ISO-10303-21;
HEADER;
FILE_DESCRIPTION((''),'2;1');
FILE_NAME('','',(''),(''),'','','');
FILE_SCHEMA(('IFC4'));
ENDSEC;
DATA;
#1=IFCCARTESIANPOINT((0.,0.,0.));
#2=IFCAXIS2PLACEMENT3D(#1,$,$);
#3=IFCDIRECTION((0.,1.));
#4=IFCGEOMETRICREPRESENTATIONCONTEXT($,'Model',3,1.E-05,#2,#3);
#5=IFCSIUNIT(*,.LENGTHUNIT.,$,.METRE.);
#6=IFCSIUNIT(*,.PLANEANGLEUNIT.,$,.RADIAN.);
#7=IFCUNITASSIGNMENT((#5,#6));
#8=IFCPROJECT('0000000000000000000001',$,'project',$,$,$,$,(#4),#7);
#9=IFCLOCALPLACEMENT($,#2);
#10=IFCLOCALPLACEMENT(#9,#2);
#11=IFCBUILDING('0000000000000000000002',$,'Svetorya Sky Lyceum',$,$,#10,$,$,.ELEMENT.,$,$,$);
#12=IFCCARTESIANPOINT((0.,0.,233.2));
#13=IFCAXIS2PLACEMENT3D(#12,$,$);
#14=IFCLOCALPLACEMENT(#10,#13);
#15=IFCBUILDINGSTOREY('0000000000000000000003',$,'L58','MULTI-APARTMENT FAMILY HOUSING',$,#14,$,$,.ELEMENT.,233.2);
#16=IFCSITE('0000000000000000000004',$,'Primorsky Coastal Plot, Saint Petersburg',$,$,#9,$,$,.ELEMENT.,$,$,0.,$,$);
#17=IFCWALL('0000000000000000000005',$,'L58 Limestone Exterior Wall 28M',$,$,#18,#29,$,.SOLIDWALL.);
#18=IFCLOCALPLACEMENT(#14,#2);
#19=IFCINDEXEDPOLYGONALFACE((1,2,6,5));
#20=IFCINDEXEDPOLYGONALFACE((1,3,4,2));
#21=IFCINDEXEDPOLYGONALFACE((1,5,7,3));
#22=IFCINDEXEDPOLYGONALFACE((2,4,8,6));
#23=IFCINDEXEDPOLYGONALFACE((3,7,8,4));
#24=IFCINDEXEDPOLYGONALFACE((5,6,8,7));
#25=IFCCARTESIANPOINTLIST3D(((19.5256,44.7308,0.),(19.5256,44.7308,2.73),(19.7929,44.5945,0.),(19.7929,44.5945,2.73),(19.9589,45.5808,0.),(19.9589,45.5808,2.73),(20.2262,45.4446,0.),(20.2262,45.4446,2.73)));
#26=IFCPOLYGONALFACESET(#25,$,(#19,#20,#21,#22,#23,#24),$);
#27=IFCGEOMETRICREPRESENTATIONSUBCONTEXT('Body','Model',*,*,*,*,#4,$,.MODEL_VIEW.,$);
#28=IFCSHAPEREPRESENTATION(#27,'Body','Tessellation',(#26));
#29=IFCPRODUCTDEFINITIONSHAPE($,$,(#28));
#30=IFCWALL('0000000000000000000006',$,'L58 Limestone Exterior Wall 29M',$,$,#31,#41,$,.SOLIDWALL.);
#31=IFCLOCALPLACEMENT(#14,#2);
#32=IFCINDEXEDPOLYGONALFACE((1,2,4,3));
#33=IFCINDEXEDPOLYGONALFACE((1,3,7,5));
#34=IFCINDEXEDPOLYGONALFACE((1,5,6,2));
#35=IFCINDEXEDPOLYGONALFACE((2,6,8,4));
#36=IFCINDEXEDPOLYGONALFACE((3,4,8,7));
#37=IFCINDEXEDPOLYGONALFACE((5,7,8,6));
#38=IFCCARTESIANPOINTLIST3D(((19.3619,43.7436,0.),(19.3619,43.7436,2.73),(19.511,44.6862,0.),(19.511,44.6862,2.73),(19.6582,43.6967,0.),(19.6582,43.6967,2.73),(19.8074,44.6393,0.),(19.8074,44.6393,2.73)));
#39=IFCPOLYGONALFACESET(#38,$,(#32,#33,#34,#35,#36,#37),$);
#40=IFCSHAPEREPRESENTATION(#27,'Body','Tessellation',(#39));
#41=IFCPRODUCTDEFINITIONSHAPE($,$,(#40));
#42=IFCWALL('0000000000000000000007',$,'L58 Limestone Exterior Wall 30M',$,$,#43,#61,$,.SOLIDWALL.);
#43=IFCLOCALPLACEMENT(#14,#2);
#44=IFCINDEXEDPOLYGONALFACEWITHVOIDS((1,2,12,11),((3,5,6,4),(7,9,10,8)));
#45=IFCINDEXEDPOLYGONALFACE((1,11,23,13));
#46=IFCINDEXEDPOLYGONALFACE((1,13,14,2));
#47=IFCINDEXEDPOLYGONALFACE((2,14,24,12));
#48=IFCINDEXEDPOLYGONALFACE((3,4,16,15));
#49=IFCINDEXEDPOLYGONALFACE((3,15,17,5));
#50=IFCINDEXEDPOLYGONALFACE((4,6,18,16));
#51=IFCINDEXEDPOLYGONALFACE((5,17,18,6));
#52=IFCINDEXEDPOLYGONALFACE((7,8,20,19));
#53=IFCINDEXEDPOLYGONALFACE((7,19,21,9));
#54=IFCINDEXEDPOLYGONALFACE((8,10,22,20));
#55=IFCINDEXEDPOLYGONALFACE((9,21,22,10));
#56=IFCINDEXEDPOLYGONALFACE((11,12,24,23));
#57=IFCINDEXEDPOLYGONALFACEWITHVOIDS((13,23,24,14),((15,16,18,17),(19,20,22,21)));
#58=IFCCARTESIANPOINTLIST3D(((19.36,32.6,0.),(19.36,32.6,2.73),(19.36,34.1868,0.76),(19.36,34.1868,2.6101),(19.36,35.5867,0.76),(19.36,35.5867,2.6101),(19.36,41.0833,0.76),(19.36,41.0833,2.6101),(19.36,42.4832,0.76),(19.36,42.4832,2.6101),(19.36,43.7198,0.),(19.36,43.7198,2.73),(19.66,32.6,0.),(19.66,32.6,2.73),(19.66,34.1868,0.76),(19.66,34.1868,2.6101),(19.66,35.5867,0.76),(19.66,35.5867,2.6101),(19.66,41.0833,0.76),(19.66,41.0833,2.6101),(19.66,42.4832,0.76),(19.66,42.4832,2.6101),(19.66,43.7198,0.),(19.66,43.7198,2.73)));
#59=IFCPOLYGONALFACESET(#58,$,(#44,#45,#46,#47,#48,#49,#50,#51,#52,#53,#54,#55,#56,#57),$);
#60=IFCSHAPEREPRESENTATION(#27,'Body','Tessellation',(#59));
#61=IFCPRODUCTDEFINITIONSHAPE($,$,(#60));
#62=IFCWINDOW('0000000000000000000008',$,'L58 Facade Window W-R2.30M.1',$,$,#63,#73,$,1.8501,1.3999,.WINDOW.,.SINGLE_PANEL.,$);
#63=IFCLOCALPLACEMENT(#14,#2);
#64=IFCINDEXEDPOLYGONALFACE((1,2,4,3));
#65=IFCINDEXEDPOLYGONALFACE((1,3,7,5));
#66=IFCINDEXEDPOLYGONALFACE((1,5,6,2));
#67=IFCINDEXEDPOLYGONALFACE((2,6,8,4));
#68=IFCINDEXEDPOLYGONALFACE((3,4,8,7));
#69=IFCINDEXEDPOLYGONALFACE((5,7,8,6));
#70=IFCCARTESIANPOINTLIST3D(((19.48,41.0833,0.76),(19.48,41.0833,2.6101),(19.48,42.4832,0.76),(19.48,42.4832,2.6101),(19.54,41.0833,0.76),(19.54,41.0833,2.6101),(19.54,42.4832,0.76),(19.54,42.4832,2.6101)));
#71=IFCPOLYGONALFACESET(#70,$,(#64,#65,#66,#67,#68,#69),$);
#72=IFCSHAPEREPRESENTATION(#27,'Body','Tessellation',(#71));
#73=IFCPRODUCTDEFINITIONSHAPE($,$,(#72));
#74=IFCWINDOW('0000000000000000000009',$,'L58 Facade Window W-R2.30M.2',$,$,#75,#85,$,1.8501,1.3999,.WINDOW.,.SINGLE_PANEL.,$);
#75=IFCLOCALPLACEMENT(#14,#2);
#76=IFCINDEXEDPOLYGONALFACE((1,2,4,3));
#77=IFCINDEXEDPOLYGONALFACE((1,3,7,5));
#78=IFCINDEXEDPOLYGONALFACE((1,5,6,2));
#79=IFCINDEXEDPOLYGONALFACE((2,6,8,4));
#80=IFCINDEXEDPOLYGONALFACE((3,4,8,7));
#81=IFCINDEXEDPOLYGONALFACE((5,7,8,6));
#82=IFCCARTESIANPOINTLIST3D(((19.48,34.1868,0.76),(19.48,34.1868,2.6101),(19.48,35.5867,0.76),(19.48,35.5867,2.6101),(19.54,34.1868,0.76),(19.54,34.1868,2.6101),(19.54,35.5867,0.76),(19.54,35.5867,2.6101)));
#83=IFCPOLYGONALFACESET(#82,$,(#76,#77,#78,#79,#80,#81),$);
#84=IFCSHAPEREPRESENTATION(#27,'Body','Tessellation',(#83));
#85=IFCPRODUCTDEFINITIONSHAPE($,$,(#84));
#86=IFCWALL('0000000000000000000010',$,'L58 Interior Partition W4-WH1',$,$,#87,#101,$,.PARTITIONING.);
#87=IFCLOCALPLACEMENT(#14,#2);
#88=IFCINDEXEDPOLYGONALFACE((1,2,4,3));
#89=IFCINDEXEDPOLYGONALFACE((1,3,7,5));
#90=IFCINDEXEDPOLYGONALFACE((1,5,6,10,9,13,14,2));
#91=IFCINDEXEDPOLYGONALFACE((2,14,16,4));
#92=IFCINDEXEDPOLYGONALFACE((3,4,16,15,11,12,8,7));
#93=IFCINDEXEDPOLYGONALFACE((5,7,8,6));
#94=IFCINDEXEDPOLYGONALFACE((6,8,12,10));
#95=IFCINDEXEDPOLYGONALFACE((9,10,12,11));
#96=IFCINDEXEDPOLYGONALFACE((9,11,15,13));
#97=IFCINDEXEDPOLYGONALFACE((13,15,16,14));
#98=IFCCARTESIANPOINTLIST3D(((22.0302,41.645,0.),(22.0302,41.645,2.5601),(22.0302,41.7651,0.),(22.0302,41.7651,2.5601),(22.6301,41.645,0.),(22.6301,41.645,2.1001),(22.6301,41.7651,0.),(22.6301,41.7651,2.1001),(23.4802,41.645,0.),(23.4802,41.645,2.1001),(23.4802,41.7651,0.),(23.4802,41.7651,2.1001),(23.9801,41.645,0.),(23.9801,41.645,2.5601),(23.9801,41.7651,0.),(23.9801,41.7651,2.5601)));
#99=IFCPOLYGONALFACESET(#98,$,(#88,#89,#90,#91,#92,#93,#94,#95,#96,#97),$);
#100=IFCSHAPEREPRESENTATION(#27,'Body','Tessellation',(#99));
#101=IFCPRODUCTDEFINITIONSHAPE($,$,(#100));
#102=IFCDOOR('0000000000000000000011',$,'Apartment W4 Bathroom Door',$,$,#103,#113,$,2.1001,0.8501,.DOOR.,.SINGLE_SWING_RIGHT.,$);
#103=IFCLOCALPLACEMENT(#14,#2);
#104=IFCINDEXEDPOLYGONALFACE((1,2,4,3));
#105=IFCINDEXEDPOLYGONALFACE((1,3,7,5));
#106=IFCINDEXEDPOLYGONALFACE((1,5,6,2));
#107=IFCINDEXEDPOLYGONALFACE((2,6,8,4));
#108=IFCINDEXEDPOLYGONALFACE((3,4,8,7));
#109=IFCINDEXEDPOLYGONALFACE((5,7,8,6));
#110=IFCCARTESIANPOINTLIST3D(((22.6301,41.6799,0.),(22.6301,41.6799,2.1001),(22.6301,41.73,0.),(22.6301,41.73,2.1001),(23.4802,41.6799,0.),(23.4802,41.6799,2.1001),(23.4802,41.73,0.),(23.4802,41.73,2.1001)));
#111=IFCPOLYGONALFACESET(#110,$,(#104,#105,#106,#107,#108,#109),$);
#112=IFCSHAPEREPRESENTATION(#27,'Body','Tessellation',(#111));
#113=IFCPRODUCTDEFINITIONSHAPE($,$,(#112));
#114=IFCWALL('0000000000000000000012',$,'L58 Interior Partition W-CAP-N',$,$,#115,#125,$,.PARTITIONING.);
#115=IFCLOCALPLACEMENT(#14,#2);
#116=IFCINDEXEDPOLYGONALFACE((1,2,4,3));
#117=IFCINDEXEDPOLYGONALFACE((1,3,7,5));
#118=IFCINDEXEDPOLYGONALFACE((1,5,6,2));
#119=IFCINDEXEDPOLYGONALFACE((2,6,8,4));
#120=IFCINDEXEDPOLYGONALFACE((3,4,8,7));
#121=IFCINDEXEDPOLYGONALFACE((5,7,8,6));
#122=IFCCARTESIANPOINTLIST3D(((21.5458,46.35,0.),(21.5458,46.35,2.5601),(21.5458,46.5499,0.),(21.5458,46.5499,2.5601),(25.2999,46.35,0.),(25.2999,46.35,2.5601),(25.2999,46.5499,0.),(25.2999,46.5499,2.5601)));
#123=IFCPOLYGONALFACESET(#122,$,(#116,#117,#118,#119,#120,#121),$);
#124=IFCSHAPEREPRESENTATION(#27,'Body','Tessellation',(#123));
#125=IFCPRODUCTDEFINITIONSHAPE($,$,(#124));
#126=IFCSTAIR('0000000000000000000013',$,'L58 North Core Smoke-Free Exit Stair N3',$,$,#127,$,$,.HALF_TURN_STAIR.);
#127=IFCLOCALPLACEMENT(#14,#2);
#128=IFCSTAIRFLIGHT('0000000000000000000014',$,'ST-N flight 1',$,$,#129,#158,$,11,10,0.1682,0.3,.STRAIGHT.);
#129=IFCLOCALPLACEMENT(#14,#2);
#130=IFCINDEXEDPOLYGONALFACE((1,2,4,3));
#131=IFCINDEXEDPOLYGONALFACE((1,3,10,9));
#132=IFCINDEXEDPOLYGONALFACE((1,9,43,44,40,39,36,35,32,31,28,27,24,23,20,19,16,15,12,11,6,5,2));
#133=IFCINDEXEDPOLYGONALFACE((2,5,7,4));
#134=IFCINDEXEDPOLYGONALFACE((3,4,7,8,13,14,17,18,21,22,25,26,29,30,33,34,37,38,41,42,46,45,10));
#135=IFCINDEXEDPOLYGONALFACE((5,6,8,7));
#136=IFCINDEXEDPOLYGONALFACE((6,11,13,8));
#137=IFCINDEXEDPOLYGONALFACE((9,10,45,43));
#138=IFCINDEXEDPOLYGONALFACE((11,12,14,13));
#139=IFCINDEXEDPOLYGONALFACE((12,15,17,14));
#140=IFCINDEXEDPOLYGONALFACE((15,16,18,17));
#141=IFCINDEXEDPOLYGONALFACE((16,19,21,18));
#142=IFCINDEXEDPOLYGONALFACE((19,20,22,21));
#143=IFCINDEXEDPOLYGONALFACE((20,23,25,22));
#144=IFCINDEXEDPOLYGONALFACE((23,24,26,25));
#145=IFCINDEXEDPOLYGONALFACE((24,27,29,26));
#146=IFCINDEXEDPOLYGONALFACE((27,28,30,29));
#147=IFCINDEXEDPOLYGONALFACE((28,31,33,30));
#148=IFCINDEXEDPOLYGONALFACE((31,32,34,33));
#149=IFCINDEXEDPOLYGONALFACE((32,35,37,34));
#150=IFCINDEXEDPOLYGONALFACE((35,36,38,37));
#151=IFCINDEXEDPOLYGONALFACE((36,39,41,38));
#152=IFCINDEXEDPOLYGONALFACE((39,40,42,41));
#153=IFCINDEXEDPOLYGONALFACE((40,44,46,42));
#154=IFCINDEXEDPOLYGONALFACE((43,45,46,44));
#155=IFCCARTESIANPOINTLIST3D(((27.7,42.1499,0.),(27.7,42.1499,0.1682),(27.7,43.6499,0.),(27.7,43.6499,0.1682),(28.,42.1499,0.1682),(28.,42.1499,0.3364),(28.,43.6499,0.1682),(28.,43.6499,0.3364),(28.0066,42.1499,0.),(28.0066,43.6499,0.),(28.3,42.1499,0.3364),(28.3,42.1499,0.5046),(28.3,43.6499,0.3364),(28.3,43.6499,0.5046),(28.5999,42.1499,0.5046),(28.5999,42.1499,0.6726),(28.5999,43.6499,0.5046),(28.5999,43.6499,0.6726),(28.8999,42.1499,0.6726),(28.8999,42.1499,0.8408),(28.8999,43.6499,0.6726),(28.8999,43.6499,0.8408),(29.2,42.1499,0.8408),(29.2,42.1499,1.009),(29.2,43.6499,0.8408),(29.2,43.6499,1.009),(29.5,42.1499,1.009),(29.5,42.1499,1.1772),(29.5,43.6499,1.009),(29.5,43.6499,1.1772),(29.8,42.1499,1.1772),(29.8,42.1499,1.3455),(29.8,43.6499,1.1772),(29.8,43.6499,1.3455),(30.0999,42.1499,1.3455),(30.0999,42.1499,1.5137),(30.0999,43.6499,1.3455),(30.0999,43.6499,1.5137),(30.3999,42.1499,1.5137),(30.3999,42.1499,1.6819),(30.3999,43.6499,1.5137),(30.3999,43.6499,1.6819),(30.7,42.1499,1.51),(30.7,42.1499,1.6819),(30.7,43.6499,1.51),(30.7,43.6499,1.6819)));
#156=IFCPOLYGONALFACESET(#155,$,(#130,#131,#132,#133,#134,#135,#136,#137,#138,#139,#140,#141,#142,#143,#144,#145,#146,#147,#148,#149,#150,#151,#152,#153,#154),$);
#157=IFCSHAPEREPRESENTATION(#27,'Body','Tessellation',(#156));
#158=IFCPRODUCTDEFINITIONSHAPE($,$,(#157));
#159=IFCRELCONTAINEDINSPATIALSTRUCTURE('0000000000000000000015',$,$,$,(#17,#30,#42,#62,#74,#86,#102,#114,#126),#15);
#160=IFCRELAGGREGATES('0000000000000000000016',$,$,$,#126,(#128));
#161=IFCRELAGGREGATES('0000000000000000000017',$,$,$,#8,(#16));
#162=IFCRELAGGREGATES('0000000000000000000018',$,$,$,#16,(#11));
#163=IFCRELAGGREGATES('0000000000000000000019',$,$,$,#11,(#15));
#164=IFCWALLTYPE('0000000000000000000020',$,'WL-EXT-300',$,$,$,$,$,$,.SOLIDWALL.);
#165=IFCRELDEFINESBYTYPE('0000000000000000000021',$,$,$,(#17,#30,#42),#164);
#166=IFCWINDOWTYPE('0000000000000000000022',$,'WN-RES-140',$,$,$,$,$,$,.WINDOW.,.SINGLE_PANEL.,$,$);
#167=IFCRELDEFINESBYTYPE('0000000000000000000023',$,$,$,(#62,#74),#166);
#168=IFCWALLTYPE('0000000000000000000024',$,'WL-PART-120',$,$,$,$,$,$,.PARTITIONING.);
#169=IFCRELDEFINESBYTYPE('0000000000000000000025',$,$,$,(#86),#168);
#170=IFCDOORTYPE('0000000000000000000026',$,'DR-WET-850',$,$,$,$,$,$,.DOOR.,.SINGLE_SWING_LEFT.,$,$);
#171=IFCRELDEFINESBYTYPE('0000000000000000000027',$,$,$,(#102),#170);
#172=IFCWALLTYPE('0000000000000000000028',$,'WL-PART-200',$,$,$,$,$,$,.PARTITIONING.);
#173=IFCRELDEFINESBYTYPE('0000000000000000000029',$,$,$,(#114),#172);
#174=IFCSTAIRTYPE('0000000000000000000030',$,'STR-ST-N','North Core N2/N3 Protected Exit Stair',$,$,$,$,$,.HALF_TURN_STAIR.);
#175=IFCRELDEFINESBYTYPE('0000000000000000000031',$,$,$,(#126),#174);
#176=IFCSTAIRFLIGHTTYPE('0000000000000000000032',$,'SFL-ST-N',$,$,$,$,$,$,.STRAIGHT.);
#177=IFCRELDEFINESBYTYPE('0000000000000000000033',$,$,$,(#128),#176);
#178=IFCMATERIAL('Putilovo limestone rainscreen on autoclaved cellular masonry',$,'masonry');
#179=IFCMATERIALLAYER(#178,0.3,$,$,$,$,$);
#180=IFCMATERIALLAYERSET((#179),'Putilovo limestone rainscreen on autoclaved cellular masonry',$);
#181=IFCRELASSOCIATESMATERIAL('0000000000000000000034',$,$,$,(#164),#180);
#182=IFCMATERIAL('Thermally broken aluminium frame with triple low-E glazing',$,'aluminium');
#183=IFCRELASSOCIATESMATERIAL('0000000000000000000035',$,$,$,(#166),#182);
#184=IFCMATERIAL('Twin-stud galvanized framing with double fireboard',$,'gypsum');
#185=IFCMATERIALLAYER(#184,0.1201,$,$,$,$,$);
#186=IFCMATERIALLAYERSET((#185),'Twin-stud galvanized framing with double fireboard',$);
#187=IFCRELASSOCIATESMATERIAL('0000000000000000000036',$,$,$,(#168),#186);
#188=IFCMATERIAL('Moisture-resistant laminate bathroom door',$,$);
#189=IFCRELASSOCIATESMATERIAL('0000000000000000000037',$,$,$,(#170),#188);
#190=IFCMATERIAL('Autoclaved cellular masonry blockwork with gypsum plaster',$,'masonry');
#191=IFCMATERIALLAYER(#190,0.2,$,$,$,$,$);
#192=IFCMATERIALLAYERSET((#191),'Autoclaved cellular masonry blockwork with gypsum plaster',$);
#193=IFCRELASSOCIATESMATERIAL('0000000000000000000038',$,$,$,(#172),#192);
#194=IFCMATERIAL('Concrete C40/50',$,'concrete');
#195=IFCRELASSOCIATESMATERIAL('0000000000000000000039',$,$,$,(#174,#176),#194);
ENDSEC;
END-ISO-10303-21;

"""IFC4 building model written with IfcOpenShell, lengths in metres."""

from ifc_helpers import new_model, si_unit, direction, frame, frame_2d, origin, place, context, subcontext, project, spatial, polyline, rectangle, outline, extrude, material, layer, layer_set, type_object, element, fill, aggregate, save


model = new_model("IFC4")

# Units and contexts
model_context = context("Model", 3, precision=1e-05, world=origin(), true_north=direction((0.0, 1.0)))
body_context = subcontext(model_context, "Body", "Model", "MODEL_VIEW")
ifc_project = project(units=[si_unit("LENGTHUNIT", "METRE"), si_unit("PLANEANGLEUNIT", "RADIAN")], contexts=[model_context])

# Site, building, storey
site_placement = place(None, origin())
site = spatial("IfcSite", under=ifc_project, at=site_placement, Name="Primorsky Coastal Plot, Saint Petersburg", CompositionType="ELEMENT", RefElevation=0.0)
building_placement = place(site_placement, origin())
building = spatial("IfcBuilding", under=site, at=building_placement, Name="Svetorya Sky Lyceum", CompositionType="ELEMENT")
storey_placement = place(building_placement, frame((0.0, 0.0, 233.2)))
storey = spatial("IfcBuildingStorey", under=building, at=storey_placement, Name="L58", Description="MULTI-APARTMENT FAMILY HOUSING", CompositionType="ELEMENT", Elevation=233.2)

# Walls
ifc_material_1 = material(Name="Putilovo limestone rainscreen on autoclaved cellular masonry", Category="masonry")
ifc_layer_1 = layer(ifc_material_1, 0.3)
ifc_layer_set_1 = layer_set([ifc_layer_1], Name="Putilovo limestone rainscreen on autoclaved cellular masonry")
wall_type_1 = type_object("IfcWallType", Name="WL-EXT-300", PredefinedType="SOLIDWALL", material=ifc_layer_set_1)
wall_1_placement = place(storey_placement, frame((20.0925, 45.5127, 0.0), z_axis=(0.0, 0.0, 1.0), x_axis=(-0.45416, -0.89092, 0.0)))
element("IfcWall", 1, at=wall_1_placement, inside=storey, type_object=wall_type_1, Name="L58 Limestone Exterior Wall 28M", PredefinedType="SOLIDWALL", context=body_context, shape_type="SweptSolid", body=[
    extrude(rectangle(XDim=0.9541, YDim=0.3, at=frame_2d((0.4771, 0.0))), origin(), (0.0, 0.0, 1.0), 2.73),
])
wall_2_placement = place(storey_placement, frame((19.6592, 44.6626, 0.0), z_axis=(0.0, 0.0, 1.0), x_axis=(-0.156304, -0.987709, 0.0)))
element("IfcWall", 2, at=wall_2_placement, inside=storey, type_object=wall_type_1, Name="L58 Limestone Exterior Wall 29M", PredefinedType="SOLIDWALL", context=body_context, shape_type="SweptSolid", body=[
    extrude(rectangle(XDim=0.9543, YDim=0.3, at=frame_2d((0.4771, 0.0))), origin(), (0.0, 0.0, 1.0), 2.73),
])

# Wall, openings, windows
wall_3_placement = place(storey_placement, frame((19.51, 43.72, 0.0), z_axis=(0.0, 0.0, 1.0), x_axis=(0.0, -1.0, 0.0)))
wall_3 = element("IfcWall", 3, at=wall_3_placement, inside=storey, type_object=wall_type_1, Name="L58 Limestone Exterior Wall 30M", PredefinedType="SOLIDWALL", context=body_context, shape_type="SweptSolid", body=[
    extrude(rectangle(XDim=11.1199, YDim=0.3, at=frame_2d((5.5601, 0.0))), origin(), (0.0, 0.0, 1.0), 2.73),
])
opening_1_placement = place(wall_3_placement, frame((1.2368, 0.0, 0.76)))
opening_1 = element("IfcOpeningElement", 4, at=opening_1_placement, cuts=wall_3, PredefinedType="OPENING", context=body_context, shape_type="SweptSolid", body=[
    extrude(rectangle(XDim=1.3999, YDim=1.8501, at=frame_2d((0.7, 0.925))), frame((0.0, 0.1599, 0.0), z_axis=(0.0, -1.0, 0.0), x_axis=(1.0, 0.0, 0.0)), (0.0, 0.0, 1.0), 0.3201),
])
opening_2_placement = place(wall_3_placement, frame((8.1333, 0.0, 0.76)))
opening_2 = element("IfcOpeningElement", 5, at=opening_2_placement, cuts=wall_3, PredefinedType="OPENING", context=body_context, shape_type="SweptSolid", body=[
    extrude(rectangle(XDim=1.3999, YDim=1.8501, at=frame_2d((0.7, 0.925))), frame((0.0, 0.1599, 0.0), z_axis=(0.0, -1.0, 0.0), x_axis=(1.0, 0.0, 0.0)), (0.0, 0.0, 1.0), 0.3201),
])
ifc_material_2 = material(Name="Thermally broken aluminium frame with triple low-E glazing", Category="aluminium")
window_type = type_object("IfcWindowType", Name="WN-RES-140", PartitioningType="SINGLE_PANEL", PredefinedType="WINDOW", material=ifc_material_2)
window_1_placement = place(opening_1_placement, origin())
window_1 = element("IfcWindow", 6, at=window_1_placement, inside=storey, type_object=window_type, Name="L58 Facade Window W-R2.30M.1", OverallHeight=1.8501, OverallWidth=1.3999, PartitioningType="SINGLE_PANEL", PredefinedType="WINDOW", context=body_context, shape_type="SweptSolid", body=[
    extrude(rectangle(XDim=1.3999, YDim=1.8501, at=frame_2d((0.7, 0.925))), frame((0.0, 0.03, 0.0), z_axis=(0.0, -1.0, 0.0), x_axis=(1.0, 0.0, 0.0)), (0.0, 0.0, 1.0), 0.0601),
])
fill(opening_1, window_1)
window_2_placement = place(opening_2_placement, origin())
window_2 = element("IfcWindow", 7, at=window_2_placement, inside=storey, type_object=window_type, Name="L58 Facade Window W-R2.30M.2", OverallHeight=1.8501, OverallWidth=1.3999, PartitioningType="SINGLE_PANEL", PredefinedType="WINDOW", context=body_context, shape_type="SweptSolid", body=[
    extrude(rectangle(XDim=1.3999, YDim=1.8501, at=frame_2d((0.7, 0.925))), frame((0.0, 0.03, 0.0), z_axis=(0.0, -1.0, 0.0), x_axis=(1.0, 0.0, 0.0)), (0.0, 0.0, 1.0), 0.0601),
])
fill(opening_2, window_2)

# Wall, opening, door
ifc_material_3 = material(Name="Twin-stud galvanized framing with double fireboard", Category="gypsum")
ifc_layer_2 = layer(ifc_material_3, 0.1201)
ifc_layer_set_2 = layer_set([ifc_layer_2], Name="Twin-stud galvanized framing with double fireboard")
wall_type_2 = type_object("IfcWallType", Name="WL-PART-120", PredefinedType="PARTITIONING", material=ifc_layer_set_2)
wall_4_placement = place(storey_placement, frame((22.03, 41.7051, 0.0), z_axis=(0.0, 0.0, 1.0), x_axis=(1.0, 0.0, 0.0)))
wall_4 = element("IfcWall", 8, at=wall_4_placement, inside=storey, type_object=wall_type_2, Name="L58 Interior Partition W4-WH1", PredefinedType="PARTITIONING", context=body_context, shape_type="SweptSolid", body=[
    extrude(rectangle(XDim=1.95, YDim=0.1201, at=frame_2d((0.9751, 0.0))), origin(), (0.0, 0.0, 1.0), 2.5601),
])
opening_3_placement = place(wall_4_placement, frame((0.6001, 0.0, 0.0)))
opening_3 = element("IfcOpeningElement", 9, at=opening_3_placement, cuts=wall_4, PredefinedType="OPENING", context=body_context, shape_type="SweptSolid", body=[
    extrude(rectangle(XDim=0.8501, YDim=2.1001, at=frame_2d((0.425, 1.05))), frame((0.0, 0.0701, 0.0), z_axis=(0.0, -1.0, 0.0), x_axis=(1.0, 0.0, 0.0)), (0.0, 0.0, 1.0), 0.1401),
])
ifc_material_4 = material(Name="Moisture-resistant laminate bathroom door")
door_type = type_object("IfcDoorType", Name="DR-WET-850", OperationType="SINGLE_SWING_LEFT", PredefinedType="DOOR", material=ifc_material_4)
door_placement = place(opening_3_placement, origin())
door = element("IfcDoor", 10, at=door_placement, inside=storey, type_object=door_type, Name="Apartment W4 Bathroom Door", OperationType="SINGLE_SWING_RIGHT", OverallHeight=2.1001, OverallWidth=0.8501, PredefinedType="DOOR", context=body_context, shape_type="SweptSolid", body=[
    extrude(rectangle(XDim=0.8501, YDim=2.1001, at=frame_2d((0.425, 1.05))), frame((0.0, 0.0249, 0.0), z_axis=(0.0, -1.0, 0.0), x_axis=(1.0, 0.0, 0.0)), (0.0, 0.0, 1.0), 0.05),
])
fill(opening_3, door)

# Wall
ifc_material_5 = material(Name="Autoclaved cellular masonry blockwork with gypsum plaster", Category="masonry")
ifc_layer_3 = layer(ifc_material_5, 0.2)
ifc_layer_set_3 = layer_set([ifc_layer_3], Name="Autoclaved cellular masonry blockwork with gypsum plaster")
wall_type_3 = type_object("IfcWallType", Name="WL-PART-200", PredefinedType="PARTITIONING", material=ifc_layer_set_3)
wall_5_placement = place(storey_placement, frame((21.5459, 46.45, 0.0), z_axis=(0.0, 0.0, 1.0), x_axis=(1.0, 0.0, 0.0)))
element("IfcWall", 11, at=wall_5_placement, inside=storey, type_object=wall_type_3, Name="L58 Interior Partition W-CAP-N", PredefinedType="PARTITIONING", context=body_context, shape_type="SweptSolid", body=[
    extrude(rectangle(XDim=3.7542, YDim=0.2, at=frame_2d((1.877, 0.0))), origin(), (0.0, 0.0, 1.0), 2.5601),
])

# Stair, stair flight
ifc_material_6 = material(Name="Concrete C40/50", Category="concrete")
stair_type = type_object("IfcStairType", Name="STR-ST-N", Description="North Core N2/N3 Protected Exit Stair", PredefinedType="HALF_TURN_STAIR", material=ifc_material_6)
stair_placement = place(storey_placement, origin())
stair = element("IfcStair", 12, at=stair_placement, inside=storey, type_object=stair_type, Name="L58 North Core Smoke-Free Exit Stair N3", PredefinedType="HALF_TURN_STAIR")
stair_flight_type = type_object("IfcStairFlightType", Name="SFL-ST-N", PredefinedType="STRAIGHT", material=ifc_material_6)
stair_flight_1_placement = place(storey_placement, frame((27.7, 42.8999, 0.0), z_axis=(0.0, 0.0, 1.0), x_axis=(1.0, 0.0, 0.0)))
stair_flight_1 = element("IfcStairFlight", 13, at=stair_flight_1_placement, type_object=stair_flight_type, Name="ST-N flight 1", NumberOfRisers=11, NumberOfTreads=10, PredefinedType="STRAIGHT", RiserHeight=0.1682, TreadLength=0.3, context=body_context, shape_type="SweptSolid", body=[
    extrude(outline(polyline([(0.0, 0.0), (0.0, 0.1682), (0.3, 0.1682), (0.3, 0.3364), (0.6001, 0.3364), (0.6001, 0.5046), (0.8999, 0.5046), (0.8999, 0.6726), (1.2, 0.6726), (1.2, 0.8408), (1.5, 0.8408), (1.5, 1.009), (1.8, 1.009), (1.8, 1.1772), (2.1001, 1.1772), (2.1001, 1.3455), (2.3999, 1.3455), (2.3999, 1.5137), (2.7, 1.5137), (2.7, 1.6819), (3.0, 1.6819), (3.0, 1.8501), (3.0, 1.51), (0.3066, 0.0), (0.0, 0.0)])), frame((0.0, 0.75, 0.0), z_axis=(0.0, -1.0, 0.0), x_axis=(1.0, 0.0, 0.0)), (0.0, 0.0, 1.0), 1.5),
])
aggregate(stair, [stair_flight_1])

save(model, "model.ifc")
